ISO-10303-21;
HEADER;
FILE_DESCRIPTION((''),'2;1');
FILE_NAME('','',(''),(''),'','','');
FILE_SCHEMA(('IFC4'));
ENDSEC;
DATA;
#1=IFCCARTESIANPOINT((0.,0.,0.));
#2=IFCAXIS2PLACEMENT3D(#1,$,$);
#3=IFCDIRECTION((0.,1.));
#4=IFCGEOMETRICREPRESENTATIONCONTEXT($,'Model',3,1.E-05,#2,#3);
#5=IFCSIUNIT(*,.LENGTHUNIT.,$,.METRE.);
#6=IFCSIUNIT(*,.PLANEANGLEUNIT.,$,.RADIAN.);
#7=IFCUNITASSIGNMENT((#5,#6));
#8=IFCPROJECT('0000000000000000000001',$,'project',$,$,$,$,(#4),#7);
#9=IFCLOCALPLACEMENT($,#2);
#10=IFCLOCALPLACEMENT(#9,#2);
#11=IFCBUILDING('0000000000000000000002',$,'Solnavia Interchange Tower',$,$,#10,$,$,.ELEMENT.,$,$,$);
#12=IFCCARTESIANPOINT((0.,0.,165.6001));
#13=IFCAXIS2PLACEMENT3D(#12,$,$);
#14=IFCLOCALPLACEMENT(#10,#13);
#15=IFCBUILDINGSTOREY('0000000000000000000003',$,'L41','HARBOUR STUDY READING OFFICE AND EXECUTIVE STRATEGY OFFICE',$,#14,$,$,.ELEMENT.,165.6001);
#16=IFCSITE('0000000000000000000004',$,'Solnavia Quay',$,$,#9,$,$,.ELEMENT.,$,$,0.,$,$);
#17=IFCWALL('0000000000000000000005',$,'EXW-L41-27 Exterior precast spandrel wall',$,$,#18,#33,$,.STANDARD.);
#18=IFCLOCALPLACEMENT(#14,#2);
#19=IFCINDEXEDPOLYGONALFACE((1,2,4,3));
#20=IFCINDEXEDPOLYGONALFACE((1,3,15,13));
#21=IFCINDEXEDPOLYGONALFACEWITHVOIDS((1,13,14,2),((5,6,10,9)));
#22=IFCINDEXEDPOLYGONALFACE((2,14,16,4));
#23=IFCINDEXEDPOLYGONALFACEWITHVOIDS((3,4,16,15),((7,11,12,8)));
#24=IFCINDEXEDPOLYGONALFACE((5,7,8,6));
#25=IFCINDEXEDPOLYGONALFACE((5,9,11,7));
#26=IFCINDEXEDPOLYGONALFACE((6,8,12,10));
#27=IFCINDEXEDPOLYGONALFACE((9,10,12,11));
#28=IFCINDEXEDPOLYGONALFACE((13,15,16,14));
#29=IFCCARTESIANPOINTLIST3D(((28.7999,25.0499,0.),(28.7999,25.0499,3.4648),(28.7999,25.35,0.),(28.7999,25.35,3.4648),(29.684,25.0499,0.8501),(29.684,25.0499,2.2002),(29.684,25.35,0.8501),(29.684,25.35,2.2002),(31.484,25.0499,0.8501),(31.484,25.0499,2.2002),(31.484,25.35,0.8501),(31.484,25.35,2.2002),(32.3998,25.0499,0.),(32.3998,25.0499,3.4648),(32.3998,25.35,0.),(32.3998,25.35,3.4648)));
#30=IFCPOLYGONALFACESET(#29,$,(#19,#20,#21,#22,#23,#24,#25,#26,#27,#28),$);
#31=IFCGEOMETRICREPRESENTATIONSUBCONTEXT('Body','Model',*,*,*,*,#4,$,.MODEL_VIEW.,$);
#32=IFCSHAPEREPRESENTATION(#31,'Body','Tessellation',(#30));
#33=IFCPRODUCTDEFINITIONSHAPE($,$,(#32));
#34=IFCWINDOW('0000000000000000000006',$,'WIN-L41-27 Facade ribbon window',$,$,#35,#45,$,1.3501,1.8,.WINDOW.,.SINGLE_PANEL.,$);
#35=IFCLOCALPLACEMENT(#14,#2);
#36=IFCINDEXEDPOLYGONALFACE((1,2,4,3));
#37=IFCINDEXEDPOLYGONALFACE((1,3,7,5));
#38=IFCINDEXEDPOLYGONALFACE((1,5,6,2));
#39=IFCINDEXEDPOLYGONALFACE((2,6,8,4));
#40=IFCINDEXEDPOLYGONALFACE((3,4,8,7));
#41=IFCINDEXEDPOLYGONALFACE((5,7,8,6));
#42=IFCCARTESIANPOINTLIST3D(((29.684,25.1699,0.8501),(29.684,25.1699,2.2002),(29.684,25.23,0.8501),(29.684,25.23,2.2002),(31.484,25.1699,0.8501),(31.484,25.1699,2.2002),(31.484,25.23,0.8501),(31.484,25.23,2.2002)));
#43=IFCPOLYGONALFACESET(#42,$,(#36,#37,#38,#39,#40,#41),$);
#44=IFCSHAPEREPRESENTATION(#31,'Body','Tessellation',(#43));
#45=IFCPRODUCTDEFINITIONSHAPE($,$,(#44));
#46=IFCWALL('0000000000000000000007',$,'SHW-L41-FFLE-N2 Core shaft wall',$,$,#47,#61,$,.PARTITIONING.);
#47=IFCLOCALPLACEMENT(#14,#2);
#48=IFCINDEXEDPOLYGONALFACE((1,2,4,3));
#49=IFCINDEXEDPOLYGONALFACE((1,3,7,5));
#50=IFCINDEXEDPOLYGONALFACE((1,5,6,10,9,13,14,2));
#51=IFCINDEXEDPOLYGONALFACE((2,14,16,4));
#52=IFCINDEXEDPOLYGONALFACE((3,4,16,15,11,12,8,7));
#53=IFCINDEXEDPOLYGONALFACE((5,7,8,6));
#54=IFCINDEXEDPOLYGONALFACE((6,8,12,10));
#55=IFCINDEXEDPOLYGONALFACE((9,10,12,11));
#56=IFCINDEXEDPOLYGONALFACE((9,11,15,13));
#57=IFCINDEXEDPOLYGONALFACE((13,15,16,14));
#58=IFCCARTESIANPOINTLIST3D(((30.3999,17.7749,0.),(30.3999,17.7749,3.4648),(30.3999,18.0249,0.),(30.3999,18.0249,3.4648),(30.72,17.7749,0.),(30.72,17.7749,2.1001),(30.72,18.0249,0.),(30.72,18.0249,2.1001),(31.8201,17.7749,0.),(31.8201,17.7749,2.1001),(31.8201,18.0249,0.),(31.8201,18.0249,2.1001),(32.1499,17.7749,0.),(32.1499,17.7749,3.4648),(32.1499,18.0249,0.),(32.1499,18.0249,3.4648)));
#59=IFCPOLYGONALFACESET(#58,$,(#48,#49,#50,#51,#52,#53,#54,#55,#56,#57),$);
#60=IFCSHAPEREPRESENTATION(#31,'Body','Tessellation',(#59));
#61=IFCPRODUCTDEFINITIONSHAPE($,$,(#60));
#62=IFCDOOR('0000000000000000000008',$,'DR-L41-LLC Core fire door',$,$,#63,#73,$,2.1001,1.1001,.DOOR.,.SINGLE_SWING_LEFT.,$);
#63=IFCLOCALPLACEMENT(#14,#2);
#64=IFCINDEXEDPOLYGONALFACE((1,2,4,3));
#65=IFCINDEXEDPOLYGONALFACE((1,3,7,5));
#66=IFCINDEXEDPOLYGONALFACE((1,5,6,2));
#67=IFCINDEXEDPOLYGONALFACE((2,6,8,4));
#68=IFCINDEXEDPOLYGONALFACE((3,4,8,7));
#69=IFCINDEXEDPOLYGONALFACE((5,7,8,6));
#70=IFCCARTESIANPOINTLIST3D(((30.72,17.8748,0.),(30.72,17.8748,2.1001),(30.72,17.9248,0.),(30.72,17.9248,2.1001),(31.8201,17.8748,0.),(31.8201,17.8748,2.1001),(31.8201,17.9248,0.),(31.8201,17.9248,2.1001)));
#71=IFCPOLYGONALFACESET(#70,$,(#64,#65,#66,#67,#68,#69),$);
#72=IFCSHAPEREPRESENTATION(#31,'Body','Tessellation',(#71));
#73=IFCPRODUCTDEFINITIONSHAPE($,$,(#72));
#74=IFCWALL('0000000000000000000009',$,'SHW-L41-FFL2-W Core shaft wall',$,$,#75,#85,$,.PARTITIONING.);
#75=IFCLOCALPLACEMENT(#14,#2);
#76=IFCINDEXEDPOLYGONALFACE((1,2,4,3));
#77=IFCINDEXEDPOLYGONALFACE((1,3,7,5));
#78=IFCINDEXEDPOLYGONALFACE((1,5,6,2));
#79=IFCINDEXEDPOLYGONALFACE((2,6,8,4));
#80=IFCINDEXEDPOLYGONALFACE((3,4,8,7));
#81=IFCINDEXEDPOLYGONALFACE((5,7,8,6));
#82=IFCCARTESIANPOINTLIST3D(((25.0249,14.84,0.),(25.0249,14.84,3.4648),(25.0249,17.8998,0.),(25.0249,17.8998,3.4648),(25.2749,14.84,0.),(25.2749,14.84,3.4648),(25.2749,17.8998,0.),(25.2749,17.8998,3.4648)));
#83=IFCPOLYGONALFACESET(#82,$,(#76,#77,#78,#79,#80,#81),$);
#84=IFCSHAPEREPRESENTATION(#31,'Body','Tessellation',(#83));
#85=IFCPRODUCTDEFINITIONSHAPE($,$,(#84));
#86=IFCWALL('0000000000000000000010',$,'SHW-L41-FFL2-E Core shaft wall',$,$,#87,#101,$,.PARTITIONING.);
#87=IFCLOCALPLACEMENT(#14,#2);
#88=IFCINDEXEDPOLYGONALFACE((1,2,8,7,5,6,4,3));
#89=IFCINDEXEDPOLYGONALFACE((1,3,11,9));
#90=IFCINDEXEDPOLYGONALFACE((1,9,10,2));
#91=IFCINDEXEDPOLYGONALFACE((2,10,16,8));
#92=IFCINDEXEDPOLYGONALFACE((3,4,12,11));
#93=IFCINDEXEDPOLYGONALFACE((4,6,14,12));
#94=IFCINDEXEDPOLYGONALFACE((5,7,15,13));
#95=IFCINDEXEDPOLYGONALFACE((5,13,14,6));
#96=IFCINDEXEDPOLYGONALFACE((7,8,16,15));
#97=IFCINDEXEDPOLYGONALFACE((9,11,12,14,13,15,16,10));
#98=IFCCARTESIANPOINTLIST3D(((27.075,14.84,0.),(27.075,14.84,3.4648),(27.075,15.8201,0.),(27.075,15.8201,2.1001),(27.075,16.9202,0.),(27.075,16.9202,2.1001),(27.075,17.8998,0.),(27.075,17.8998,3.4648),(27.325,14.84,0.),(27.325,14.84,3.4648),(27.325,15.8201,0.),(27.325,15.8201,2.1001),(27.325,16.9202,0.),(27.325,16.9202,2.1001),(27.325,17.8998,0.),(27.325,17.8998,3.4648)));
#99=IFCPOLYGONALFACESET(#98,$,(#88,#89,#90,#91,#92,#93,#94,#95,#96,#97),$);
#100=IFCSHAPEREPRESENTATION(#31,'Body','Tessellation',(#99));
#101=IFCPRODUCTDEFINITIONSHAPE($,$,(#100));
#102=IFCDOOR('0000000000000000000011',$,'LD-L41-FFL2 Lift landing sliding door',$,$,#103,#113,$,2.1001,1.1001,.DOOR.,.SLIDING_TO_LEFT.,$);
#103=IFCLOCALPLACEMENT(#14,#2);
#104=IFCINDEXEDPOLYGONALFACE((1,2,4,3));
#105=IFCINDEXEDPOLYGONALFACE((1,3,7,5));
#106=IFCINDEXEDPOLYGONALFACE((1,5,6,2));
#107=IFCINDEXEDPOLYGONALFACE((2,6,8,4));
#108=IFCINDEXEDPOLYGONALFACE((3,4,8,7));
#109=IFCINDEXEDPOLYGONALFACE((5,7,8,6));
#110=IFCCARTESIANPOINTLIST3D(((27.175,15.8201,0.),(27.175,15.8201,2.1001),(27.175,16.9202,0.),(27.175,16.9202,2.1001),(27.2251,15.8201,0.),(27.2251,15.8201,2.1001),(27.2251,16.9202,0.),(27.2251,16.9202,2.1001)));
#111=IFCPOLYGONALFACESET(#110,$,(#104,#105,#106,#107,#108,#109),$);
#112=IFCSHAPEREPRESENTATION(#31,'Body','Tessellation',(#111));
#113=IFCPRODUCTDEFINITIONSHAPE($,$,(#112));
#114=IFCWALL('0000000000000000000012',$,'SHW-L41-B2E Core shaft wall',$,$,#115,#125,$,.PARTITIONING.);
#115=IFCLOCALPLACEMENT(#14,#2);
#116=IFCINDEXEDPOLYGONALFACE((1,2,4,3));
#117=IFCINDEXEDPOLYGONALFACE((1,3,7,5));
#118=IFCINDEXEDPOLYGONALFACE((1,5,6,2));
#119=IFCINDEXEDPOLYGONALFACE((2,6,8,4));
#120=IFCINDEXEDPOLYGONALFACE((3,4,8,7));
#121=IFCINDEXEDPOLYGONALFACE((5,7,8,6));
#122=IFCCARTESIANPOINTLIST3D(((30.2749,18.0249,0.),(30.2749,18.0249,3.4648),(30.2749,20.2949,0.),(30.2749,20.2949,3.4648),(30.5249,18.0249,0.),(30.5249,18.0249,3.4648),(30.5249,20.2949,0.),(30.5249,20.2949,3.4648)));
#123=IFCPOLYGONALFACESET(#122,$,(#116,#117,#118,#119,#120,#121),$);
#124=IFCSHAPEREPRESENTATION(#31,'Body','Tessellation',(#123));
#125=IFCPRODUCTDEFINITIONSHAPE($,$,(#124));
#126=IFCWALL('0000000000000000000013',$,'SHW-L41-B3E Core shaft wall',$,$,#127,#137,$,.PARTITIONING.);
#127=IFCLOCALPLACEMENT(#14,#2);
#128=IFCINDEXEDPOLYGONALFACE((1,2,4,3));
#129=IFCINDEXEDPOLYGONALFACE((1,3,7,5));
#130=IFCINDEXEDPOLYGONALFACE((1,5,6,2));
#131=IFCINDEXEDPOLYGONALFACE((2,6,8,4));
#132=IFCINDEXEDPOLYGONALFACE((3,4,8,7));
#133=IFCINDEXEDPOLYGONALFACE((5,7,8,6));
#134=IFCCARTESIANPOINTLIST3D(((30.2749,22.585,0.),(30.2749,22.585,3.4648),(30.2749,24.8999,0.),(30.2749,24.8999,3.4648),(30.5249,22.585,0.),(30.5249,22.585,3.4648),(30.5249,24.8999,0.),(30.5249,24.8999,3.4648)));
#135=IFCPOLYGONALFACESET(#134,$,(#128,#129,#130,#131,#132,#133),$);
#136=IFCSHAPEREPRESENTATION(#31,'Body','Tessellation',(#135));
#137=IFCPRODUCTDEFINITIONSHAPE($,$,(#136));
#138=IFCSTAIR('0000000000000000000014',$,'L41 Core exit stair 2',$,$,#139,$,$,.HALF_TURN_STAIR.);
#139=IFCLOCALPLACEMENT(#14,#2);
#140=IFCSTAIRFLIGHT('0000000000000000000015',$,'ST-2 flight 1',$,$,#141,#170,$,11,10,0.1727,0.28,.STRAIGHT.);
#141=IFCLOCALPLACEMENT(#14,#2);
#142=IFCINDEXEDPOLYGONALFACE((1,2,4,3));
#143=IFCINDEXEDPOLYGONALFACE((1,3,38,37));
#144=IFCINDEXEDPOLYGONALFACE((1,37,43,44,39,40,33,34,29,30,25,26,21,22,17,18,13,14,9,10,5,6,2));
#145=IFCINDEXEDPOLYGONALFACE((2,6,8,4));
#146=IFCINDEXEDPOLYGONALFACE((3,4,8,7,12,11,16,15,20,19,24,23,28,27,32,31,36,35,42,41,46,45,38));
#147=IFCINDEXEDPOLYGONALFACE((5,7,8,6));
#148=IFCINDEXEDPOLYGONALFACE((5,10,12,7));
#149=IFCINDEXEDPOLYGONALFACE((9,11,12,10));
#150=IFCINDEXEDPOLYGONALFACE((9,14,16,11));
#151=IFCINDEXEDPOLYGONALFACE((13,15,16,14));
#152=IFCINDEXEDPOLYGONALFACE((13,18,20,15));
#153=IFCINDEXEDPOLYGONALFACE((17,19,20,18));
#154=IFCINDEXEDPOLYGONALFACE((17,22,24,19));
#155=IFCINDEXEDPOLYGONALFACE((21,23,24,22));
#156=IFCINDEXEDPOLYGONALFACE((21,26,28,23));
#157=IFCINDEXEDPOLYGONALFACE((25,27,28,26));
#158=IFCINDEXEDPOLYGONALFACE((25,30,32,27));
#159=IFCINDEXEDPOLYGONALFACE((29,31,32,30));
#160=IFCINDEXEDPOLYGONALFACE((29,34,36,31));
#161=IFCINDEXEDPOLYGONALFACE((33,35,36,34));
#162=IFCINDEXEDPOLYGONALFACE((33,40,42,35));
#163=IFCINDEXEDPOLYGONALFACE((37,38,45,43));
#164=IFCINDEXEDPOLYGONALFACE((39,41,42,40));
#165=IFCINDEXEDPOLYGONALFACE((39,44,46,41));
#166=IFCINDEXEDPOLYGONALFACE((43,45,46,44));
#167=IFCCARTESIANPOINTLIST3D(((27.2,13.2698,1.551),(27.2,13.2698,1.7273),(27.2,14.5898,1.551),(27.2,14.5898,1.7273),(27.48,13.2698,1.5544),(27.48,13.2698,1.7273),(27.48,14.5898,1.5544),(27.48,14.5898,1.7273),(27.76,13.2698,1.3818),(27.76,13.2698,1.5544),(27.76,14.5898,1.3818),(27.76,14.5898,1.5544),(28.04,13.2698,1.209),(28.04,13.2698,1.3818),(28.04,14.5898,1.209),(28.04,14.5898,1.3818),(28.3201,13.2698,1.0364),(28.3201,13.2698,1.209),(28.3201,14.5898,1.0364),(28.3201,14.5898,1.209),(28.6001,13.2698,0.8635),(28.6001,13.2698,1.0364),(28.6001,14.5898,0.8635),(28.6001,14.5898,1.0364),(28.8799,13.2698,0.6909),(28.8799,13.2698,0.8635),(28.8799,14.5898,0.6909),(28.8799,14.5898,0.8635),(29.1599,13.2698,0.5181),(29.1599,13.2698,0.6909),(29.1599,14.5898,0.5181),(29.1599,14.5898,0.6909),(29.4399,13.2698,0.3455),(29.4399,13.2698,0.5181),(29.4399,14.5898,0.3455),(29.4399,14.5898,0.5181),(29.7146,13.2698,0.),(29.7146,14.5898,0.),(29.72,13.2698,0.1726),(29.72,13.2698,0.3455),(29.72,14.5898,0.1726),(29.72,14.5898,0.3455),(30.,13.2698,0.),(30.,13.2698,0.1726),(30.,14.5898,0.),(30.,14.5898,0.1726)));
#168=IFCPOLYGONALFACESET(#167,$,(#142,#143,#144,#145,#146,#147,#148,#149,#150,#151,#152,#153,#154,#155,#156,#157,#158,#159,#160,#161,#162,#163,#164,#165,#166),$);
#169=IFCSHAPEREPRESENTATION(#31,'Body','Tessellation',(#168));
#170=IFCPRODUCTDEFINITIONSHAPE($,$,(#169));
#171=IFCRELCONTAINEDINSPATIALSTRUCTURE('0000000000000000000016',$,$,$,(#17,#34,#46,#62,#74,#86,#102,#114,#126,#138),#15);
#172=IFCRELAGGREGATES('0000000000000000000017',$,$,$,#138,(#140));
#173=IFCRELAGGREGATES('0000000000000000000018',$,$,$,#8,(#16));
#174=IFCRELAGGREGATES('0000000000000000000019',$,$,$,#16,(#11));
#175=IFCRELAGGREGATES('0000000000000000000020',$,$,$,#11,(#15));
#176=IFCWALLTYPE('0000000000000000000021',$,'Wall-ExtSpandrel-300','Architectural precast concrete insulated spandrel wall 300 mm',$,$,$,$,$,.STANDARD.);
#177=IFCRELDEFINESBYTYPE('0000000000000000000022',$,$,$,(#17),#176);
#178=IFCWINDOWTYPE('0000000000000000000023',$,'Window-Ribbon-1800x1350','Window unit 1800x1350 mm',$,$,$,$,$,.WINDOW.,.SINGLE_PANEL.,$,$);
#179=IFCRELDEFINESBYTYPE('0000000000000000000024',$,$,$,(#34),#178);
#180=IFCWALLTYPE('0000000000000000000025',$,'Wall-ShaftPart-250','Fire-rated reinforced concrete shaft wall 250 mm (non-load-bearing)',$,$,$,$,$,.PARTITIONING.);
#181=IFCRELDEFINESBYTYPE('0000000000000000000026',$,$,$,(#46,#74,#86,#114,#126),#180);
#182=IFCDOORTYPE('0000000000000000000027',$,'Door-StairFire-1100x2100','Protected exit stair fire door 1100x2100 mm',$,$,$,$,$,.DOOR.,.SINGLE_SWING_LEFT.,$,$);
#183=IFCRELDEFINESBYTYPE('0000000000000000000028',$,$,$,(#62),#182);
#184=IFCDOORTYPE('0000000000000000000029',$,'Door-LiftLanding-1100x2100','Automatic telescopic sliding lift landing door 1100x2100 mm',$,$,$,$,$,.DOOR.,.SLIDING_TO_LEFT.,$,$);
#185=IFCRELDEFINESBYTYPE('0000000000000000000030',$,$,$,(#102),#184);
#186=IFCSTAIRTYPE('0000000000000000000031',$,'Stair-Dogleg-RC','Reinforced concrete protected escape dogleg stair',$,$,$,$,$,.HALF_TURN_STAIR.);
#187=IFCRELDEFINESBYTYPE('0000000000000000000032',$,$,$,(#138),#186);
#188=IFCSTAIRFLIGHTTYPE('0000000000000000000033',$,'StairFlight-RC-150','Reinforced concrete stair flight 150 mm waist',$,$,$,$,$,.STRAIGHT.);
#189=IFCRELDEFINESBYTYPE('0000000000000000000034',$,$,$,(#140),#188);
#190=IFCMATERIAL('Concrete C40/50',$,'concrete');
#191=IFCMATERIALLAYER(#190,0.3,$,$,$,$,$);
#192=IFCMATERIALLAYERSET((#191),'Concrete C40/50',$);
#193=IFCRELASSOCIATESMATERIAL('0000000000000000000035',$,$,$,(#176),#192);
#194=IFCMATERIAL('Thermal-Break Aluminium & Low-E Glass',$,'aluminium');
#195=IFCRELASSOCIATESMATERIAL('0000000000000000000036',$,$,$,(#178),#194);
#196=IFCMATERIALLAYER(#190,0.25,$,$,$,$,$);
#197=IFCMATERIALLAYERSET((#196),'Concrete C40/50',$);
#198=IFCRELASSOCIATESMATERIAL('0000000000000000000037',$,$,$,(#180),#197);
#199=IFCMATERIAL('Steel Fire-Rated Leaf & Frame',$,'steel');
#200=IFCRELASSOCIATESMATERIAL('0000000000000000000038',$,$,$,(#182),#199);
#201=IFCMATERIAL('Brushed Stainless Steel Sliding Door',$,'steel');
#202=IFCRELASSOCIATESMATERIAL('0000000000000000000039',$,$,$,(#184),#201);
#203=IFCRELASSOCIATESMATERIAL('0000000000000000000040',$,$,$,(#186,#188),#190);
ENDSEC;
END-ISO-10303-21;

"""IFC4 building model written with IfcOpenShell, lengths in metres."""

from ifc_helpers import new_model, si_unit, direction, frame, frame_2d, origin, place, context, subcontext, project, spatial, polyline, rectangle, outline, extrude, material, layer, layer_set, type_object, element, fill, aggregate, save


model = new_model("IFC4")

# Units and contexts
model_context = context("Model", 3, precision=1e-05, world=origin(), true_north=direction((0.0, 1.0)))
body_context = subcontext(model_context, "Body", "Model", "MODEL_VIEW")
ifc_project = project(units=[si_unit("LENGTHUNIT", "METRE"), si_unit("PLANEANGLEUNIT", "RADIAN")], contexts=[model_context])

# Site, building, storey
site_placement = place(None, origin())
site = spatial("IfcSite", under=ifc_project, at=site_placement, Name="Solnavia Quay", CompositionType="ELEMENT", RefElevation=0.0)
building_placement = place(site_placement, origin())
building = spatial("IfcBuilding", under=site, at=building_placement, Name="Solnavia Interchange Tower", CompositionType="ELEMENT")
storey_placement = place(building_placement, frame((0.0, 0.0, 165.6001)))
storey = spatial("IfcBuildingStorey", under=building, at=storey_placement, Name="L41", Description="HARBOUR STUDY READING OFFICE AND EXECUTIVE STRATEGY OFFICE", CompositionType="ELEMENT", Elevation=165.6001)

# Shared definitions
ifc_material_1 = material(Name="Concrete C40/50", Category="concrete")
ifc_layer_1 = layer(ifc_material_1, 0.3)
ifc_layer_set_1 = layer_set([ifc_layer_1], Name="Concrete C40/50")
wall_type_1 = type_object("IfcWallType", Name="Wall-ExtSpandrel-300", Description="Architectural precast concrete insulated spandrel wall 300 mm", PredefinedType="STANDARD", material=ifc_layer_set_1)
ifc_material_2 = material(Name="Thermal-Break Aluminium & Low-E Glass", Category="aluminium")
window_type = type_object("IfcWindowType", Name="Window-Ribbon-1800x1350", Description="Window unit 1800x1350 mm", PartitioningType="SINGLE_PANEL", PredefinedType="WINDOW", material=ifc_material_2)

# Wall, opening, window
wall_1_placement = place(storey_placement, frame((28.8, 25.2, 0.0), z_axis=(0.0, 0.0, 1.0), x_axis=(1.0, 0.0, 0.0)))
wall_1 = element("IfcWall", 1, at=wall_1_placement, inside=storey, type_object=wall_type_1, Name="EXW-L41-27 Exterior precast spandrel wall", PredefinedType="STANDARD", context=body_context, shape_type="SweptSolid", body=[
    extrude(rectangle(XDim=3.5999, YDim=0.3, at=frame_2d((1.7998, 0.0))), origin(), (0.0, 0.0, 1.0), 3.4648),
])
opening_1_placement = place(wall_1_placement, frame((0.884, 0.0, 0.8501)))
opening_1 = element("IfcOpeningElement", 2, at=opening_1_placement, cuts=wall_1, PredefinedType="OPENING", context=body_context, shape_type="SweptSolid", body=[
    extrude(rectangle(XDim=1.8, YDim=1.3501, at=frame_2d((0.8999, 0.675))), frame((0.0, 0.1602, 0.0), z_axis=(0.0, -1.0, 0.0), x_axis=(1.0, 0.0, 0.0)), (0.0, 0.0, 1.0), 0.3201),
])
window_1_placement = place(opening_1_placement, origin())
window_1 = element("IfcWindow", 3, at=window_1_placement, inside=storey, type_object=window_type, Name="WIN-L41-27 Facade ribbon window", OverallHeight=1.3501, OverallWidth=1.8, PartitioningType="SINGLE_PANEL", PredefinedType="WINDOW", context=body_context, shape_type="SweptSolid", body=[
    extrude(rectangle(XDim=1.8, YDim=1.3501, at=frame_2d((0.8999, 0.675))), frame((0.0, 0.03, 0.0), z_axis=(0.0, -1.0, 0.0), x_axis=(1.0, 0.0, 0.0)), (0.0, 0.0, 1.0), 0.0601),
])
fill(opening_1, window_1)

# Wall, opening, door
ifc_layer_2 = layer(ifc_material_1, 0.25)
ifc_layer_set_2 = layer_set([ifc_layer_2], Name="Concrete C40/50")
wall_type_2 = type_object("IfcWallType", Name="Wall-ShaftPart-250", Description="Fire-rated reinforced concrete shaft wall 250 mm (non-load-bearing)", PredefinedType="PARTITIONING", material=ifc_layer_set_2)
wall_2_placement = place(storey_placement, frame((30.3999, 17.8999, 0.0), z_axis=(0.0, 0.0, 1.0), x_axis=(1.0, 0.0, 0.0)))
wall_2 = element("IfcWall", 4, at=wall_2_placement, inside=storey, type_object=wall_type_2, Name="SHW-L41-FFLE-N2 Core shaft wall", PredefinedType="PARTITIONING", context=body_context, shape_type="SweptSolid", body=[
    extrude(rectangle(XDim=1.75, YDim=0.25, at=frame_2d((0.875, 0.0))), origin(), (0.0, 0.0, 1.0), 3.4648),
])
opening_2_placement = place(wall_2_placement, frame((0.3201, 0.0, 0.0)))
opening_2 = element("IfcOpeningElement", 5, at=opening_2_placement, cuts=wall_2, PredefinedType="OPENING", context=body_context, shape_type="SweptSolid", body=[
    extrude(rectangle(XDim=1.1001, YDim=2.1001, at=frame_2d((0.55, 1.05))), frame((0.0, 0.135, 0.0), z_axis=(0.0, -1.0, 0.0), x_axis=(1.0, 0.0, 0.0)), (0.0, 0.0, 1.0), 0.27),
])
ifc_material_3 = material(Name="Steel Fire-Rated Leaf & Frame", Category="steel")
door_type_1 = type_object("IfcDoorType", Name="Door-StairFire-1100x2100", Description="Protected exit stair fire door 1100x2100 mm", OperationType="SINGLE_SWING_LEFT", PredefinedType="DOOR", material=ifc_material_3)
door_1_placement = place(opening_2_placement, origin())
door_1 = element("IfcDoor", 6, at=door_1_placement, inside=storey, type_object=door_type_1, Name="DR-L41-LLC Core fire door", OperationType="SINGLE_SWING_LEFT", OverallHeight=2.1001, OverallWidth=1.1001, PredefinedType="DOOR", context=body_context, shape_type="SweptSolid", body=[
    extrude(rectangle(XDim=1.1001, YDim=2.1001, at=frame_2d((0.55, 1.05))), frame((0.0, 0.0249, 0.0), z_axis=(0.0, -1.0, 0.0), x_axis=(1.0, 0.0, 0.0)), (0.0, 0.0, 1.0), 0.05),
])
fill(opening_2, door_1)

# Wall
wall_3_placement = place(storey_placement, frame((25.1499, 14.8401, 0.0), z_axis=(0.0, 0.0, 1.0), x_axis=(0.0, 1.0, 0.0)))
element("IfcWall", 7, at=wall_3_placement, inside=storey, type_object=wall_type_2, Name="SHW-L41-FFL2-W Core shaft wall", PredefinedType="PARTITIONING", context=body_context, shape_type="SweptSolid", body=[
    extrude(rectangle(XDim=3.0598, YDim=0.25, at=frame_2d((1.5298, 0.0))), origin(), (0.0, 0.0, 1.0), 3.4648),
])

# Wall, opening, door
wall_4_placement = place(storey_placement, frame((27.2, 14.8401, 0.0), z_axis=(0.0, 0.0, 1.0), x_axis=(0.0, 1.0, 0.0)))
wall_4 = element("IfcWall", 8, at=wall_4_placement, inside=storey, type_object=wall_type_2, Name="SHW-L41-FFL2-E Core shaft wall", PredefinedType="PARTITIONING", context=body_context, shape_type="SweptSolid", body=[
    extrude(rectangle(XDim=3.0598, YDim=0.25, at=frame_2d((1.5298, 0.0))), origin(), (0.0, 0.0, 1.0), 3.4648),
])
opening_3_placement = place(wall_4_placement, frame((0.98, 0.0, 0.0)))
opening_3 = element("IfcOpeningElement", 9, at=opening_3_placement, cuts=wall_4, PredefinedType="OPENING", context=body_context, shape_type="SweptSolid", body=[
    extrude(rectangle(XDim=1.1001, YDim=2.1001, at=frame_2d((0.55, 1.05))), frame((0.0, 0.135, 0.0), z_axis=(0.0, -1.0, 0.0), x_axis=(1.0, 0.0, 0.0)), (0.0, 0.0, 1.0), 0.27),
])
ifc_material_4 = material(Name="Brushed Stainless Steel Sliding Door", Category="steel")
door_type_2 = type_object("IfcDoorType", Name="Door-LiftLanding-1100x2100", Description="Automatic telescopic sliding lift landing door 1100x2100 mm", OperationType="SLIDING_TO_LEFT", PredefinedType="DOOR", material=ifc_material_4)
door_2_placement = place(opening_3_placement, origin())
door_2 = element("IfcDoor", 10, at=door_2_placement, inside=storey, type_object=door_type_2, Name="LD-L41-FFL2 Lift landing sliding door", OperationType="SLIDING_TO_LEFT", OverallHeight=2.1001, OverallWidth=1.1001, PredefinedType="DOOR", context=body_context, shape_type="SweptSolid", body=[
    extrude(rectangle(XDim=1.1001, YDim=2.1001, at=frame_2d((0.55, 1.05))), frame((0.0, 0.0249, 0.0), z_axis=(0.0, -1.0, 0.0), x_axis=(1.0, 0.0, 0.0)), (0.0, 0.0, 1.0), 0.05),
])
fill(opening_3, door_2)

# Walls
wall_5_placement = place(storey_placement, frame((30.3999, 18.0249, 0.0), z_axis=(0.0, 0.0, 1.0), x_axis=(0.0, 1.0, 0.0)))
element("IfcWall", 11, at=wall_5_placement, inside=storey, type_object=wall_type_2, Name="SHW-L41-B2E Core shaft wall", PredefinedType="PARTITIONING", context=body_context, shape_type="SweptSolid", body=[
    extrude(rectangle(XDim=2.27, YDim=0.25, at=frame_2d((1.135, 0.0))), origin(), (0.0, 0.0, 1.0), 3.4648),
])
wall_6_placement = place(storey_placement, frame((30.3999, 22.585, 0.0), z_axis=(0.0, 0.0, 1.0), x_axis=(0.0, 1.0, 0.0)))
element("IfcWall", 12, at=wall_6_placement, inside=storey, type_object=wall_type_2, Name="SHW-L41-B3E Core shaft wall", PredefinedType="PARTITIONING", context=body_context, shape_type="SweptSolid", body=[
    extrude(rectangle(XDim=2.3149, YDim=0.25, at=frame_2d((1.1575, 0.0))), origin(), (0.0, 0.0, 1.0), 3.4648),
])

# Stair, stair flight
stair_type = type_object("IfcStairType", Name="Stair-Dogleg-RC", Description="Reinforced concrete protected escape dogleg stair", PredefinedType="HALF_TURN_STAIR", material=ifc_material_1)
stair_placement = place(storey_placement, origin())
stair = element("IfcStair", 13, at=stair_placement, inside=storey, type_object=stair_type, Name="L41 Core exit stair 2", PredefinedType="HALF_TURN_STAIR")
stair_flight_type = type_object("IfcStairFlightType", Name="StairFlight-RC-150", Description="Reinforced concrete stair flight 150 mm waist", PredefinedType="STRAIGHT", material=ifc_material_1)
stair_flight_placement = place(storey_placement, frame((30.0, 13.9299, 0.0), z_axis=(0.0, 0.0, 1.0), x_axis=(-1.0, 0.0, 0.0)))
stair_flight = element("IfcStairFlight", 14, at=stair_flight_placement, type_object=stair_flight_type, Name="ST-2 flight 1", NumberOfRisers=11, NumberOfTreads=10, PredefinedType="STRAIGHT", RiserHeight=0.1727, TreadLength=0.28, context=body_context, shape_type="SweptSolid", body=[
    extrude(outline(polyline([(0.0, 0.0), (0.0, 0.1726), (0.28, 0.1726), (0.28, 0.3455), (0.5601, 0.3455), (0.5601, 0.5181), (0.8401, 0.5181), (0.8401, 0.6909), (1.1201, 0.6909), (1.1201, 0.8635), (1.3999, 0.8635), (1.3999, 1.0364), (1.6799, 1.0364), (1.6799, 1.209), (1.96, 1.209), (1.96, 1.3818), (2.24, 1.3818), (2.24, 1.5544), (2.52, 1.5544), (2.52, 1.7273), (2.8, 1.7273), (2.8, 1.8999), (2.8, 1.551), (0.2854, 0.0), (0.0, 0.0)])), frame((0.0, 0.6602, 0.0), z_axis=(0.0, -1.0, 0.0), x_axis=(1.0, 0.0, 0.0)), (0.0, 0.0, 1.0), 1.3201),
])
aggregate(stair, [stair_flight])

save(model, "model.ifc")
